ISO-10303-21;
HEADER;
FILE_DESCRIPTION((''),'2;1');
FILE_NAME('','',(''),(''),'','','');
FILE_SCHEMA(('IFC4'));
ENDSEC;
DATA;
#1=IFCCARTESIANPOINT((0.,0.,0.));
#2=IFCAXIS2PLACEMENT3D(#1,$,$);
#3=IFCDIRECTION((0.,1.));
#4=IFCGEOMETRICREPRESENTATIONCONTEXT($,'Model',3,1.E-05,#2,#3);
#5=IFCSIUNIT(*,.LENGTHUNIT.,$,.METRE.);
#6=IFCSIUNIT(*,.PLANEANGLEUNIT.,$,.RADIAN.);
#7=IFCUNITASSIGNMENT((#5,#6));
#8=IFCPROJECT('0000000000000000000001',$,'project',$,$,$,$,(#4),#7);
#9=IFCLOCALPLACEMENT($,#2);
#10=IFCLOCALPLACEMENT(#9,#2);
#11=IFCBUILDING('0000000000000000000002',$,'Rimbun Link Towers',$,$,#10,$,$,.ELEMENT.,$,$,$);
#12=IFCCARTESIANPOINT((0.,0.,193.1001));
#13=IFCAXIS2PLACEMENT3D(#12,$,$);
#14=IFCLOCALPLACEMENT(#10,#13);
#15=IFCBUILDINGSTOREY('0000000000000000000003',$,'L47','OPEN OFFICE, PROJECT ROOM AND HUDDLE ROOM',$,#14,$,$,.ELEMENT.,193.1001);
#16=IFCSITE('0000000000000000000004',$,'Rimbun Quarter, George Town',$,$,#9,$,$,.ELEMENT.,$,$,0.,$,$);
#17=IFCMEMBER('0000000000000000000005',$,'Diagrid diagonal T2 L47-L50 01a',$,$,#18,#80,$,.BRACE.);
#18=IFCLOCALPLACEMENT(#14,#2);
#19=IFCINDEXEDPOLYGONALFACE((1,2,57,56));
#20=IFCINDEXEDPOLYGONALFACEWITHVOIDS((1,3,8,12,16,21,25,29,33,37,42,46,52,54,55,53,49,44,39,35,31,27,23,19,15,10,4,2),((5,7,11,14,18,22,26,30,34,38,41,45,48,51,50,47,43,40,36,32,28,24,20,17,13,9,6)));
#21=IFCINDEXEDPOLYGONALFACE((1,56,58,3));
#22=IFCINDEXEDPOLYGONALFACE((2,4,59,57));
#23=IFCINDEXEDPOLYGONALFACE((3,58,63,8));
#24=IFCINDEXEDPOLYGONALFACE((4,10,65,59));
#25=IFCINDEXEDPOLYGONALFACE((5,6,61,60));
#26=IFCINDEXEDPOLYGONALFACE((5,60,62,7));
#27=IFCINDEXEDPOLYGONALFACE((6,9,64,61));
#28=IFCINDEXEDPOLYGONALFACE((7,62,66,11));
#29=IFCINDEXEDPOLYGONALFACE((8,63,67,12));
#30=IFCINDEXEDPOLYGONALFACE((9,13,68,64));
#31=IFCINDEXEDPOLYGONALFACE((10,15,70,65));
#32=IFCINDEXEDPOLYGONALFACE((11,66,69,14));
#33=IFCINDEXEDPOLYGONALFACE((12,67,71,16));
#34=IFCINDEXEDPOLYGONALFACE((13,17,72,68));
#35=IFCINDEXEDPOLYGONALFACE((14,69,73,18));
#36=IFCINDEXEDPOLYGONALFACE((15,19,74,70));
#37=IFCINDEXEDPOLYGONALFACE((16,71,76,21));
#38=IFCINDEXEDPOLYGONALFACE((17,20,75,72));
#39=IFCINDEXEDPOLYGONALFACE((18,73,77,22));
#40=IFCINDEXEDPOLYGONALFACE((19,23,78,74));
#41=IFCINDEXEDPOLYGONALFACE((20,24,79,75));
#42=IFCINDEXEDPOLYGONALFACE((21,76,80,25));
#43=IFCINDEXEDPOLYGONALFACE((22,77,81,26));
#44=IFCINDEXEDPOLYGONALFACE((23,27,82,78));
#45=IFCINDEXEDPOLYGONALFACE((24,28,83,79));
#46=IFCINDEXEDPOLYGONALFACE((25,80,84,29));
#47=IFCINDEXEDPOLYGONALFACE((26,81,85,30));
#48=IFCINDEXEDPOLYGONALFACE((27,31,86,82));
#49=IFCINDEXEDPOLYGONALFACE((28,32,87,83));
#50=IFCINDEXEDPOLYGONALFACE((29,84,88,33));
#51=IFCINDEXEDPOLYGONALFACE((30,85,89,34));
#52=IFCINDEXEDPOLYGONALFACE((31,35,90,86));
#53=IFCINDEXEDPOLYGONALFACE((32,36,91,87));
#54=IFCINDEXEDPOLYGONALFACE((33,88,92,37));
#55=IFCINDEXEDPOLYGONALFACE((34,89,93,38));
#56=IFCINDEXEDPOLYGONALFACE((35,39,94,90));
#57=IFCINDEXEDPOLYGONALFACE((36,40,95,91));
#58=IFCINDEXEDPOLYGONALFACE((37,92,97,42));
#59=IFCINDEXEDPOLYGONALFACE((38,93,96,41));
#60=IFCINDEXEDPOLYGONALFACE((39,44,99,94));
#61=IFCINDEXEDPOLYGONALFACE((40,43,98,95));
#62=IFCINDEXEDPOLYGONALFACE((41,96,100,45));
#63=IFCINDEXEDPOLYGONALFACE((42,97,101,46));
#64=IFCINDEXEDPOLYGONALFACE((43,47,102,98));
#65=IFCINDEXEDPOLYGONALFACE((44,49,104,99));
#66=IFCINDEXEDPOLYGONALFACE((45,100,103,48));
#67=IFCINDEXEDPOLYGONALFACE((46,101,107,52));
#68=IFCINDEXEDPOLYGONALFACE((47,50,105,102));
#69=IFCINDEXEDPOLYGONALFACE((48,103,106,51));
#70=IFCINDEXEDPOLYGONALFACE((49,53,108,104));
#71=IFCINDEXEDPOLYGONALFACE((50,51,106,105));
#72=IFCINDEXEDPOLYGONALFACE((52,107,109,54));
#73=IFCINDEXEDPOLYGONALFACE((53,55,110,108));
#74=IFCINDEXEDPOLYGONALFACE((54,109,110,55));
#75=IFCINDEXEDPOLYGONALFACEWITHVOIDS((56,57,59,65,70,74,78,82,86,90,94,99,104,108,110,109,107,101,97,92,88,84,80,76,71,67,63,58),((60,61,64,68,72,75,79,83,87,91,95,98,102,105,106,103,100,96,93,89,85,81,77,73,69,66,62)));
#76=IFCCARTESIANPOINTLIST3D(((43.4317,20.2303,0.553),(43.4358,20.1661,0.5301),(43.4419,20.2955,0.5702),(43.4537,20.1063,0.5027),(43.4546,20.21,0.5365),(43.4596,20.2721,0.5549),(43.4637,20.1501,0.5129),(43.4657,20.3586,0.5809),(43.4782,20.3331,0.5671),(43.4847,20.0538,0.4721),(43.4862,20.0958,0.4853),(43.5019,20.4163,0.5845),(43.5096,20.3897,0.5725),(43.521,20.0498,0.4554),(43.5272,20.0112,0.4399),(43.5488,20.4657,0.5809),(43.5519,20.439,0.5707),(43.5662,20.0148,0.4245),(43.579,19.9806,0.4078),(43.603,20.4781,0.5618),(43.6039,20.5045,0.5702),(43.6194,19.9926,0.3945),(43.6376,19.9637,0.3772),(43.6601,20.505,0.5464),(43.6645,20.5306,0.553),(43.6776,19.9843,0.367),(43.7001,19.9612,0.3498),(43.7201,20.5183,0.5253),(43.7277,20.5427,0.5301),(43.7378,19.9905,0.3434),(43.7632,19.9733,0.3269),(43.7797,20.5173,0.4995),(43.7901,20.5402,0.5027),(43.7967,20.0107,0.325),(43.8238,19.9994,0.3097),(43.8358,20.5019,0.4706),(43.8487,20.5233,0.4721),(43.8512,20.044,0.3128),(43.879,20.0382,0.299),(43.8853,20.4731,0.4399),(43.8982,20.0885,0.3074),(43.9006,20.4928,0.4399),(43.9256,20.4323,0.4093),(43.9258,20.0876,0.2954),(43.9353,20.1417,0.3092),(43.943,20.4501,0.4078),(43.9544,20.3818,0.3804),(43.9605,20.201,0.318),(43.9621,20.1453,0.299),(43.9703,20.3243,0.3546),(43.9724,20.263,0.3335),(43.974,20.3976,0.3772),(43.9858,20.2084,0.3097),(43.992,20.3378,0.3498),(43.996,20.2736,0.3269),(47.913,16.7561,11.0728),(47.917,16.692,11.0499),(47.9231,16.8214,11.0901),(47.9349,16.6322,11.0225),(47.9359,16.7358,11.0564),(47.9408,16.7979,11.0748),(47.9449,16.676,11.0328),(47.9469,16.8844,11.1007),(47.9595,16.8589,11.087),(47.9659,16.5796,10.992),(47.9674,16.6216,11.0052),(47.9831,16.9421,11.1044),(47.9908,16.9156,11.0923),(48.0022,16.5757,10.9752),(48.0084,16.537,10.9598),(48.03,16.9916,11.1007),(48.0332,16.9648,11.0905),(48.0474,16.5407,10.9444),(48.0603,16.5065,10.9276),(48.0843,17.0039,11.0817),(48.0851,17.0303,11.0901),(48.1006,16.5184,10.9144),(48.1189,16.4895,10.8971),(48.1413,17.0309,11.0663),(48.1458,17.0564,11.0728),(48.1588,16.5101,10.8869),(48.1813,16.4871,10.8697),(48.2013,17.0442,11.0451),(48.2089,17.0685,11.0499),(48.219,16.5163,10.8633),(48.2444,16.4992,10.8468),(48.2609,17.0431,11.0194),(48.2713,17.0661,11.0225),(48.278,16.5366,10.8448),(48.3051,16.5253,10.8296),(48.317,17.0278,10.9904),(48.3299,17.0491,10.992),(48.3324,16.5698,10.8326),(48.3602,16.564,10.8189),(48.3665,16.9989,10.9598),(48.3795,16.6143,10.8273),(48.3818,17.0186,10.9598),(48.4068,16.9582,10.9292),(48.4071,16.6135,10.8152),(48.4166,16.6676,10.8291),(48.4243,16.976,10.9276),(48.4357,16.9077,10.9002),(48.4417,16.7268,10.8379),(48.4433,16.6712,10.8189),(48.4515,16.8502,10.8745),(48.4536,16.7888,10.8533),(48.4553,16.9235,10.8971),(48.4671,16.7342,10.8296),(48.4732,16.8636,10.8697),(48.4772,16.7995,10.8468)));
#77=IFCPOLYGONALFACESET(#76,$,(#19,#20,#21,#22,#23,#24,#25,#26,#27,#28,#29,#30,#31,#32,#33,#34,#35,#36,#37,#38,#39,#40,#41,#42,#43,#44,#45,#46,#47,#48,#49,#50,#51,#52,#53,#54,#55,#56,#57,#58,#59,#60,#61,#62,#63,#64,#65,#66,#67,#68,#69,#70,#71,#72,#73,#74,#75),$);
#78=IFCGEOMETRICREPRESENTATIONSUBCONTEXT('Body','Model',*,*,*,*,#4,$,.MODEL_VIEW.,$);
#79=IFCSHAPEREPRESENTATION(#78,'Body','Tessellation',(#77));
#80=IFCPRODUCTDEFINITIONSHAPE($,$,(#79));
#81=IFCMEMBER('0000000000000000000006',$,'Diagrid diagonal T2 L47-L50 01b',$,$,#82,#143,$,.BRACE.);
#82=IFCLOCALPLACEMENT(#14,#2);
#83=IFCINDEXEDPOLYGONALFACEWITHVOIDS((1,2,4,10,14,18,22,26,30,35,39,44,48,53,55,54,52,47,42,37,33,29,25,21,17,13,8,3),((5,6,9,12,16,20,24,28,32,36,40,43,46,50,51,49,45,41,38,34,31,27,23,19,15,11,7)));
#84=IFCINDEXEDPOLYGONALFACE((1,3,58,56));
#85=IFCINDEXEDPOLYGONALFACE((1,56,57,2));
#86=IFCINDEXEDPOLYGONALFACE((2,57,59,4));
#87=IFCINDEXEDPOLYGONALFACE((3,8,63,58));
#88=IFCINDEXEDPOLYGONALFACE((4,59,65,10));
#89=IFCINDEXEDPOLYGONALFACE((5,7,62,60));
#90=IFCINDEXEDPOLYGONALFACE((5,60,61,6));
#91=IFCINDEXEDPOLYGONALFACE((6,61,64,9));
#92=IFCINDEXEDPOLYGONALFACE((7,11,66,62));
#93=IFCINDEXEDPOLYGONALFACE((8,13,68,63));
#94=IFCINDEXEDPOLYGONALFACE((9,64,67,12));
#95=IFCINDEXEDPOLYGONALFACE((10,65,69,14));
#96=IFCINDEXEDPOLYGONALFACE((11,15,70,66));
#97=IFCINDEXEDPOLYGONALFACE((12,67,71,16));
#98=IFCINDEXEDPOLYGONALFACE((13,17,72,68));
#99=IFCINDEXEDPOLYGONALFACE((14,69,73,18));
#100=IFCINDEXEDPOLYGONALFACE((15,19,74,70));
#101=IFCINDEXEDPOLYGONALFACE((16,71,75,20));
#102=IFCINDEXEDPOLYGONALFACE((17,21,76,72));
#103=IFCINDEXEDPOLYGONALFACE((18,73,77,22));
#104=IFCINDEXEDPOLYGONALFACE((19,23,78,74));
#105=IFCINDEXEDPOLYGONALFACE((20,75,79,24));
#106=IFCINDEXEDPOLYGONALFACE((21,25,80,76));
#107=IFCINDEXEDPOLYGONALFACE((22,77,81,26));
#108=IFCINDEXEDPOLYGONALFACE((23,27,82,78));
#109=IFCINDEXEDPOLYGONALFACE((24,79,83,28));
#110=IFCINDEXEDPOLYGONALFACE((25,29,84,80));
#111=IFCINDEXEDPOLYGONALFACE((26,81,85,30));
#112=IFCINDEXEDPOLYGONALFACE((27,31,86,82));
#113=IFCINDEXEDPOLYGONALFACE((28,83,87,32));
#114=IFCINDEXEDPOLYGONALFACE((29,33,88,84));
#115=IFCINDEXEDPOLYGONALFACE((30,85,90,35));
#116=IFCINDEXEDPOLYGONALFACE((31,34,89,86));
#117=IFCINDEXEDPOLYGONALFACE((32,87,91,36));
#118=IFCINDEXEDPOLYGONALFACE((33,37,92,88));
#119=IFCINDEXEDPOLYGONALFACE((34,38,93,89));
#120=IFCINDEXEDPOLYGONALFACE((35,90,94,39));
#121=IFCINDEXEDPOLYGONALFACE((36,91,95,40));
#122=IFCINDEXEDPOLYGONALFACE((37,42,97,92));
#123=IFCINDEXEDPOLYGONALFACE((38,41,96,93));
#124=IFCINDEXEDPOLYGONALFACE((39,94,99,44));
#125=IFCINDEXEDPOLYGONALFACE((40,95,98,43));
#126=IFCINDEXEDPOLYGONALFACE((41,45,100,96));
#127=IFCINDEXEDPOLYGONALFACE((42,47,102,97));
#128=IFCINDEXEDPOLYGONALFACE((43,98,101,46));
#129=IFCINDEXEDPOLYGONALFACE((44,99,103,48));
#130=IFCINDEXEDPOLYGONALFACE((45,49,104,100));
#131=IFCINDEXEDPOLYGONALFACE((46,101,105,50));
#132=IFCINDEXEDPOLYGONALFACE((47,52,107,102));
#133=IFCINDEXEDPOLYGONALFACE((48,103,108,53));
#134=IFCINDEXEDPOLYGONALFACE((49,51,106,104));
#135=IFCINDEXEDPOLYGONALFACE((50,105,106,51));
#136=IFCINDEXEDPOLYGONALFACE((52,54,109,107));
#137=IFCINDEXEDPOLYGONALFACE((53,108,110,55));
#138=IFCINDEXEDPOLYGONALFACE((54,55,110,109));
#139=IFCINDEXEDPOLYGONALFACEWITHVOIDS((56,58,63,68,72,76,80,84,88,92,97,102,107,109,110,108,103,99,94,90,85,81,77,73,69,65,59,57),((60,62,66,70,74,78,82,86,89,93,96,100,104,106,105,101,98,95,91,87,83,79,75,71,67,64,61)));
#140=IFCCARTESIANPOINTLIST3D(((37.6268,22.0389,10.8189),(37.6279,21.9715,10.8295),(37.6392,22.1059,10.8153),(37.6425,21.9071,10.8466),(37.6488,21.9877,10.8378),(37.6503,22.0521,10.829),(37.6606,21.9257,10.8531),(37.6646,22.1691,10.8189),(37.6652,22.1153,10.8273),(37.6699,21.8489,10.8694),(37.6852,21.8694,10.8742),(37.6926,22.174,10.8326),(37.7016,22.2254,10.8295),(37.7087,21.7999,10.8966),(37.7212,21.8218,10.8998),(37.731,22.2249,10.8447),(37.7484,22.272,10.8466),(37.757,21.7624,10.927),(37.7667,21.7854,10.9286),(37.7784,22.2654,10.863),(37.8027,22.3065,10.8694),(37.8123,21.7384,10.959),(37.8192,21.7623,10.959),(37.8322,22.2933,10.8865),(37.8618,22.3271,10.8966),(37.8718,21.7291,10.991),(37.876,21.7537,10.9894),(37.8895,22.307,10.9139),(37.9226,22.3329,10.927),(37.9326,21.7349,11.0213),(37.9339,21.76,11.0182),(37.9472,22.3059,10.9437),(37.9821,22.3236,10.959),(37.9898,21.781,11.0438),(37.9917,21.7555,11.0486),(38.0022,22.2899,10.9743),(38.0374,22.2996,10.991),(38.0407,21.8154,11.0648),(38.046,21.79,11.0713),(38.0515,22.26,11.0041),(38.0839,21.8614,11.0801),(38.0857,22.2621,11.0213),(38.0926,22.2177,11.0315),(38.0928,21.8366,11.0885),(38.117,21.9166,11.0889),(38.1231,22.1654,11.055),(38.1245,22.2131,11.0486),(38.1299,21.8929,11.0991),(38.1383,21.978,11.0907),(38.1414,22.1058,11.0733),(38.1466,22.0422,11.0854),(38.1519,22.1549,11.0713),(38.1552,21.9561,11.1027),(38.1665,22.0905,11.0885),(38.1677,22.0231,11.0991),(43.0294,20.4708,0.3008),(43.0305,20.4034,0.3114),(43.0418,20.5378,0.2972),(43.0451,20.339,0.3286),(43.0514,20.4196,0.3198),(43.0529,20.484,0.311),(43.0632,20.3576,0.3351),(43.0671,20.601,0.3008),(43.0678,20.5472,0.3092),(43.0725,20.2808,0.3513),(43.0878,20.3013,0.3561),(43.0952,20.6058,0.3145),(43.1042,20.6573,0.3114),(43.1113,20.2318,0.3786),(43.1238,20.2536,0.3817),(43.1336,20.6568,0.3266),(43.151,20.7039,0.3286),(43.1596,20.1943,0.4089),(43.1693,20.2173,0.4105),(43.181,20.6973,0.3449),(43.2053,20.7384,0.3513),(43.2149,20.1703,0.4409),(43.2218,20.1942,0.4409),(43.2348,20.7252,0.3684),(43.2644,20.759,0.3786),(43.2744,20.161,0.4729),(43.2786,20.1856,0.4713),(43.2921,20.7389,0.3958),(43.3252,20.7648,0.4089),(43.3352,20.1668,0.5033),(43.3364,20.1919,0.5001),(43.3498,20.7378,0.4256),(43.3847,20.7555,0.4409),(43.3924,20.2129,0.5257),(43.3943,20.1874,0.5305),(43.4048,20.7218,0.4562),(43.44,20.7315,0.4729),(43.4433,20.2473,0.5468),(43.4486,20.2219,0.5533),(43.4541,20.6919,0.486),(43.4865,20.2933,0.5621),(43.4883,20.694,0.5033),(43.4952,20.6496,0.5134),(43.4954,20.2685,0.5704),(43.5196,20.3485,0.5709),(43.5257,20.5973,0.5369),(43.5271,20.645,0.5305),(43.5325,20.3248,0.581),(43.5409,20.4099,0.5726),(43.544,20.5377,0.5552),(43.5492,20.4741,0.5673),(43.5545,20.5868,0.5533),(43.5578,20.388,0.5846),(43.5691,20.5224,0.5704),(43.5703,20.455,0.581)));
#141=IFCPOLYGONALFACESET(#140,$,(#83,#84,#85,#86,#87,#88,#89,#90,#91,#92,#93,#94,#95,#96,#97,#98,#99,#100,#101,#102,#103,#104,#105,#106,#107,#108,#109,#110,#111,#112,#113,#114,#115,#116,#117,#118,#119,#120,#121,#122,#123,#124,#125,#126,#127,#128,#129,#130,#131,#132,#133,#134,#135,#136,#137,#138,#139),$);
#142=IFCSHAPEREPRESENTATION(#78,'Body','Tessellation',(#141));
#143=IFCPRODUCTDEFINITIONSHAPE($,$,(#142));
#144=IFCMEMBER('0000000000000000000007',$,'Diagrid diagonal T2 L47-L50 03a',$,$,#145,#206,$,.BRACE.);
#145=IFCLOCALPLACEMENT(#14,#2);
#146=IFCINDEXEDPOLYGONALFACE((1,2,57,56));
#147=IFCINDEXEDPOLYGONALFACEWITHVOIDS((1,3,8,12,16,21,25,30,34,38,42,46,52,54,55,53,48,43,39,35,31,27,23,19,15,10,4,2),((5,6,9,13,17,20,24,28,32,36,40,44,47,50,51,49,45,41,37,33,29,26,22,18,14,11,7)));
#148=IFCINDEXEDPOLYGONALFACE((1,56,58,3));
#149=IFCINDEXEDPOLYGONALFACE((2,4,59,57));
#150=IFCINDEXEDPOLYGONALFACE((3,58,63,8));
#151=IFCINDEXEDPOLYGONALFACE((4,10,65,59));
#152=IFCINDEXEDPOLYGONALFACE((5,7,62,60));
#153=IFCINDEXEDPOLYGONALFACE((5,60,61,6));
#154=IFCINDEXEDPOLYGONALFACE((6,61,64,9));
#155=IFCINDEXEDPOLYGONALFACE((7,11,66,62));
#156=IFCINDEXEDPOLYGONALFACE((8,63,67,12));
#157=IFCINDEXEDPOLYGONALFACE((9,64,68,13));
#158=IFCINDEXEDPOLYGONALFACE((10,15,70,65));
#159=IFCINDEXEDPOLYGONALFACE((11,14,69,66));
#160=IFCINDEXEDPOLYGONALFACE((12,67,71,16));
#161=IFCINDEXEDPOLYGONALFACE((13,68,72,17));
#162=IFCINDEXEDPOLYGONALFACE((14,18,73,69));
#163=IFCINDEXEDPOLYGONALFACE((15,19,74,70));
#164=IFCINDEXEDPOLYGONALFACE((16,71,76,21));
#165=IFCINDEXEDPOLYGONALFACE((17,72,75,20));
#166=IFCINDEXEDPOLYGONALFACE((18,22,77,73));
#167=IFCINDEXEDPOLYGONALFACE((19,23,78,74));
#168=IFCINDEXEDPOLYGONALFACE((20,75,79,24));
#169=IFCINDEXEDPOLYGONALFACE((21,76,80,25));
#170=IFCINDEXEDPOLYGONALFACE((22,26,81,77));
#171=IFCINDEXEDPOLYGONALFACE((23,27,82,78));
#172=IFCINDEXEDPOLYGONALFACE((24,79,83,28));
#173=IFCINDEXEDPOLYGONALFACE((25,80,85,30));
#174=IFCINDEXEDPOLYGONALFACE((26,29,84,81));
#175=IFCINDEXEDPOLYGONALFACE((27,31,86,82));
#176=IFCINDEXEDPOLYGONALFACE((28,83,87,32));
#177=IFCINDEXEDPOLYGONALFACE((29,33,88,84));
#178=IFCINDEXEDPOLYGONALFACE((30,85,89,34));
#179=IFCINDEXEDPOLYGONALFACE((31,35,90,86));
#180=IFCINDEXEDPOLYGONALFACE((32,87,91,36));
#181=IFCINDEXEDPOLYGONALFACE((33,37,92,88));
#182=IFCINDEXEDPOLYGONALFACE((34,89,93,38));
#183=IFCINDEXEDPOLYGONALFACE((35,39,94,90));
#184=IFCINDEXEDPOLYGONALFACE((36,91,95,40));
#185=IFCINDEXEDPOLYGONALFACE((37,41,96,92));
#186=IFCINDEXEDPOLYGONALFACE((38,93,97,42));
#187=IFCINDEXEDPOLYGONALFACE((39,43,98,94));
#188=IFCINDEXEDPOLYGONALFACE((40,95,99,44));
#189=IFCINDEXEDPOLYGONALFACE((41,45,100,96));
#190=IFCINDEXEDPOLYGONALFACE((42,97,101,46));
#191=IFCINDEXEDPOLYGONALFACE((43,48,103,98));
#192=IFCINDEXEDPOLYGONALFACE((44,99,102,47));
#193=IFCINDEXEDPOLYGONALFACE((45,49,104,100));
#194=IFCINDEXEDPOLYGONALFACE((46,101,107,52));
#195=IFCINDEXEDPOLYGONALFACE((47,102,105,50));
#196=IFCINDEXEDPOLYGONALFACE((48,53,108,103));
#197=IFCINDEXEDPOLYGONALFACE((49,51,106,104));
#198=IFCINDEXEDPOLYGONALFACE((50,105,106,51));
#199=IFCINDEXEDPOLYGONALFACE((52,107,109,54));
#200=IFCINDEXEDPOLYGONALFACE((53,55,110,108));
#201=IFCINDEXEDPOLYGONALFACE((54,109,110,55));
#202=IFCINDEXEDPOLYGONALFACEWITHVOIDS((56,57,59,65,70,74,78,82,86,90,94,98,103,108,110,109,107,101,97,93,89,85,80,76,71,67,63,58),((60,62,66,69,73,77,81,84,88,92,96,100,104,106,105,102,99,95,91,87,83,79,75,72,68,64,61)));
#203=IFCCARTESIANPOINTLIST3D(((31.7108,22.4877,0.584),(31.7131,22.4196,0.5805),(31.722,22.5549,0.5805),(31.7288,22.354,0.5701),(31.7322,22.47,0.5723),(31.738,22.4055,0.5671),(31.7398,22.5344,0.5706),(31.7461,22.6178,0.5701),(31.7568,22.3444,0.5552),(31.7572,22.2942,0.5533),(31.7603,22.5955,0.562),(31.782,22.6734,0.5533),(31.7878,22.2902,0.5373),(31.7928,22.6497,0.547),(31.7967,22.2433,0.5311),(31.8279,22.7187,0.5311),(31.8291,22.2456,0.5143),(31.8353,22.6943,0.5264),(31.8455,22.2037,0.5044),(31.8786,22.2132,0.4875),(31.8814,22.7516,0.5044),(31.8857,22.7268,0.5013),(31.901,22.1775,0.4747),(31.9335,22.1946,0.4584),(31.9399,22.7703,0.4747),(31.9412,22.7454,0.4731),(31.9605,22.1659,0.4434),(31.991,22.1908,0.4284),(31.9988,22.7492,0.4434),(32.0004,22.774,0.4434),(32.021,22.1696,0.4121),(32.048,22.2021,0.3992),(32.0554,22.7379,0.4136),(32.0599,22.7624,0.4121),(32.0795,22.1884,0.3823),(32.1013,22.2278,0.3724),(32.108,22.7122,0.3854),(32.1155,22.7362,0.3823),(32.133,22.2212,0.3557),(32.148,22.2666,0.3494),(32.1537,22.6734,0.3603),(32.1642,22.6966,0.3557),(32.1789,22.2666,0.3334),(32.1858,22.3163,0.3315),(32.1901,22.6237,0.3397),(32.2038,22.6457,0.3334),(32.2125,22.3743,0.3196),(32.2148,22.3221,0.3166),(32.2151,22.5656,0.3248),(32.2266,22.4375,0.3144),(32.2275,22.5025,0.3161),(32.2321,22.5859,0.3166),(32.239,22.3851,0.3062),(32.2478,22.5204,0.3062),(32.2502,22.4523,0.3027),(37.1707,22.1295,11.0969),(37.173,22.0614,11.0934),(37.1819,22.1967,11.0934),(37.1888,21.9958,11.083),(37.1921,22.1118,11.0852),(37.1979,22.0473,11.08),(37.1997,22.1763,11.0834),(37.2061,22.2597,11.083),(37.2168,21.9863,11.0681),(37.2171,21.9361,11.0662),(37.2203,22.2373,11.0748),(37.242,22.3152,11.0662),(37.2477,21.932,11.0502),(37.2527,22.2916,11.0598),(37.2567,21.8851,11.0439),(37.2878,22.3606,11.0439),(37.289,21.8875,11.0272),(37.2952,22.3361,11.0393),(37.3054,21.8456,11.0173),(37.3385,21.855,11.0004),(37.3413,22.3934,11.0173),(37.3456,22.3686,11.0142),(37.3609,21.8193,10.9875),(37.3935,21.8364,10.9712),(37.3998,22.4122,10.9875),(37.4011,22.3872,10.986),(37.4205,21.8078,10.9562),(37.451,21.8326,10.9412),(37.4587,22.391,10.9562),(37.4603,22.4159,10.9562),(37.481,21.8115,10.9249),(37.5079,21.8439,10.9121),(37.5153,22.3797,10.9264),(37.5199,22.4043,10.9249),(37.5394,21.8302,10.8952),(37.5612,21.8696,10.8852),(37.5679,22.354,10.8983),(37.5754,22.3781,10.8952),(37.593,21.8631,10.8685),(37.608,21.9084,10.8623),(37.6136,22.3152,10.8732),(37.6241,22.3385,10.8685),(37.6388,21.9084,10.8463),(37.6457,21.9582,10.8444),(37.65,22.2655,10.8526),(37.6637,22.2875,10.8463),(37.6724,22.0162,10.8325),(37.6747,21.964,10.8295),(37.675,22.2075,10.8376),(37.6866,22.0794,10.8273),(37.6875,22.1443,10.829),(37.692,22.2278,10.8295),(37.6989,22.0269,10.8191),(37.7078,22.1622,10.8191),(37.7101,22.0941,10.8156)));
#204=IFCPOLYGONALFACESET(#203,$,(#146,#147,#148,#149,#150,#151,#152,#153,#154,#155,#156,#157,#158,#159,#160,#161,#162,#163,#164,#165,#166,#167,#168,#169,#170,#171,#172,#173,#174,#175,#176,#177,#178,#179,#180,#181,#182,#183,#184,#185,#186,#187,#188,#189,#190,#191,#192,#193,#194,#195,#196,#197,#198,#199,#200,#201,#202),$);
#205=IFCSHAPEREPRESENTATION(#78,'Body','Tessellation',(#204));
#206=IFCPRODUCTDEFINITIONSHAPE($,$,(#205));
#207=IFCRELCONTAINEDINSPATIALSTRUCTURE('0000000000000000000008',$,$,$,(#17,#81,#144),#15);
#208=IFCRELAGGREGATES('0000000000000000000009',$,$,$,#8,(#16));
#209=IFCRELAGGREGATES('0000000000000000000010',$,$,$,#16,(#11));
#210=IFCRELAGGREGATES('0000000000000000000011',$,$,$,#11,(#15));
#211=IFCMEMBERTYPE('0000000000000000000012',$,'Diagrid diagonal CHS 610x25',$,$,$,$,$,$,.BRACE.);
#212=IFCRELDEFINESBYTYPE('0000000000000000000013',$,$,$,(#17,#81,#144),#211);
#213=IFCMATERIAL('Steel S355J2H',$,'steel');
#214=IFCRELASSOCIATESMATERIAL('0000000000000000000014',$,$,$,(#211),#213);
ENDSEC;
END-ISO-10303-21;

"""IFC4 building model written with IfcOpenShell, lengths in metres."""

from ifc_helpers import new_model, si_unit, direction, frame, origin, origin_2d, place, context, subcontext, project, spatial, hollow_circle, extrude, material, material_profile, profile_set, type_object, element, save


model = new_model("IFC4")

# Units and contexts
model_context = context("Model", 3, precision=1e-05, world=origin(), true_north=direction((0.0, 1.0)))
body_context = subcontext(model_context, "Body", "Model", "MODEL_VIEW")
ifc_project = project(units=[si_unit("LENGTHUNIT", "METRE"), si_unit("PLANEANGLEUNIT", "RADIAN")], contexts=[model_context])

# Site, building, storey
site_placement = place(None, origin())
site = spatial("IfcSite", under=ifc_project, at=site_placement, Name="Rimbun Quarter, George Town", CompositionType="ELEMENT", RefElevation=0.0)
building_placement = place(site_placement, origin())
building = spatial("IfcBuilding", under=site, at=building_placement, Name="Rimbun Link Towers", CompositionType="ELEMENT")
storey_placement = place(building_placement, frame((0.0, 0.0, 193.1001)))
storey = spatial("IfcBuildingStorey", under=building, at=storey_placement, Name="L47", Description="OPEN OFFICE, PROJECT ROOM AND HUDDLE ROOM", CompositionType="ELEMENT", Elevation=193.1001)

# Members
ifc_material_1 = material(Name="Steel S355J2H", Category="steel")
ifc_material_profile_1 = material_profile(ifc_material_1, hollow_circle(Radius=0.3047, WallThickness=0.0249, at=origin_2d()), Name="Diagrid diagonal CHS 610x25")
ifc_profile_set_1 = profile_set([ifc_material_profile_1], Name="Steel S355J2H")
member_type_1 = type_object("IfcMemberType", Name="Diagrid diagonal CHS 610x25", PredefinedType="BRACE", material=ifc_profile_set_1)
member_1_placement = place(storey_placement, frame((43.7139, 20.252, 0.4399), z_axis=(0.374978, -0.290707, 0.880273), x_axis=(0.612703, 0.790313, 0.0)))
element("IfcMember", 1, at=member_1_placement, inside=storey, type_object=member_type_1, Name="Diagrid diagonal T2 L47-L50 01a", PredefinedType="BRACE", context=body_context, shape_type="SweptSolid", body=[
    extrude(hollow_circle(Radius=0.3047, WallThickness=0.0249, at=origin_2d()), origin(), (0.0, 0.0, 1.0), 11.9507),
])
member_2_placement = place(storey_placement, frame((43.2998, 20.4629, 0.4409), z_axis=(-0.452934, 0.131465, 0.881798), x_axis=(-0.278748, -0.960364, 0.0)))
element("IfcMember", 2, at=member_2_placement, inside=storey, type_object=member_type_1, Name="Diagrid diagonal T2 L47-L50 01b", PredefinedType="BRACE", context=body_context, shape_type="SweptSolid", body=[
    extrude(hollow_circle(Radius=0.3047, WallThickness=0.0249, at=origin_2d()), origin(), (0.0, 0.0, 1.0), 11.928),
])
member_3_placement = place(storey_placement, frame((31.9805, 22.47, 0.4434), z_axis=(0.460692, -0.03022, 0.887045), x_axis=(0.065456, 0.997855, 0.0)))
element("IfcMember", 3, at=member_3_placement, inside=storey, type_object=member_type_1, Name="Diagrid diagonal T2 L47-L50 03a", PredefinedType="BRACE", context=body_context, shape_type="SweptSolid", body=[
    extrude(hollow_circle(Radius=0.3047, WallThickness=0.0249, at=origin_2d()), origin(), (0.0, 0.0, 1.0), 11.8516),
])

save(model, "model.ifc")
